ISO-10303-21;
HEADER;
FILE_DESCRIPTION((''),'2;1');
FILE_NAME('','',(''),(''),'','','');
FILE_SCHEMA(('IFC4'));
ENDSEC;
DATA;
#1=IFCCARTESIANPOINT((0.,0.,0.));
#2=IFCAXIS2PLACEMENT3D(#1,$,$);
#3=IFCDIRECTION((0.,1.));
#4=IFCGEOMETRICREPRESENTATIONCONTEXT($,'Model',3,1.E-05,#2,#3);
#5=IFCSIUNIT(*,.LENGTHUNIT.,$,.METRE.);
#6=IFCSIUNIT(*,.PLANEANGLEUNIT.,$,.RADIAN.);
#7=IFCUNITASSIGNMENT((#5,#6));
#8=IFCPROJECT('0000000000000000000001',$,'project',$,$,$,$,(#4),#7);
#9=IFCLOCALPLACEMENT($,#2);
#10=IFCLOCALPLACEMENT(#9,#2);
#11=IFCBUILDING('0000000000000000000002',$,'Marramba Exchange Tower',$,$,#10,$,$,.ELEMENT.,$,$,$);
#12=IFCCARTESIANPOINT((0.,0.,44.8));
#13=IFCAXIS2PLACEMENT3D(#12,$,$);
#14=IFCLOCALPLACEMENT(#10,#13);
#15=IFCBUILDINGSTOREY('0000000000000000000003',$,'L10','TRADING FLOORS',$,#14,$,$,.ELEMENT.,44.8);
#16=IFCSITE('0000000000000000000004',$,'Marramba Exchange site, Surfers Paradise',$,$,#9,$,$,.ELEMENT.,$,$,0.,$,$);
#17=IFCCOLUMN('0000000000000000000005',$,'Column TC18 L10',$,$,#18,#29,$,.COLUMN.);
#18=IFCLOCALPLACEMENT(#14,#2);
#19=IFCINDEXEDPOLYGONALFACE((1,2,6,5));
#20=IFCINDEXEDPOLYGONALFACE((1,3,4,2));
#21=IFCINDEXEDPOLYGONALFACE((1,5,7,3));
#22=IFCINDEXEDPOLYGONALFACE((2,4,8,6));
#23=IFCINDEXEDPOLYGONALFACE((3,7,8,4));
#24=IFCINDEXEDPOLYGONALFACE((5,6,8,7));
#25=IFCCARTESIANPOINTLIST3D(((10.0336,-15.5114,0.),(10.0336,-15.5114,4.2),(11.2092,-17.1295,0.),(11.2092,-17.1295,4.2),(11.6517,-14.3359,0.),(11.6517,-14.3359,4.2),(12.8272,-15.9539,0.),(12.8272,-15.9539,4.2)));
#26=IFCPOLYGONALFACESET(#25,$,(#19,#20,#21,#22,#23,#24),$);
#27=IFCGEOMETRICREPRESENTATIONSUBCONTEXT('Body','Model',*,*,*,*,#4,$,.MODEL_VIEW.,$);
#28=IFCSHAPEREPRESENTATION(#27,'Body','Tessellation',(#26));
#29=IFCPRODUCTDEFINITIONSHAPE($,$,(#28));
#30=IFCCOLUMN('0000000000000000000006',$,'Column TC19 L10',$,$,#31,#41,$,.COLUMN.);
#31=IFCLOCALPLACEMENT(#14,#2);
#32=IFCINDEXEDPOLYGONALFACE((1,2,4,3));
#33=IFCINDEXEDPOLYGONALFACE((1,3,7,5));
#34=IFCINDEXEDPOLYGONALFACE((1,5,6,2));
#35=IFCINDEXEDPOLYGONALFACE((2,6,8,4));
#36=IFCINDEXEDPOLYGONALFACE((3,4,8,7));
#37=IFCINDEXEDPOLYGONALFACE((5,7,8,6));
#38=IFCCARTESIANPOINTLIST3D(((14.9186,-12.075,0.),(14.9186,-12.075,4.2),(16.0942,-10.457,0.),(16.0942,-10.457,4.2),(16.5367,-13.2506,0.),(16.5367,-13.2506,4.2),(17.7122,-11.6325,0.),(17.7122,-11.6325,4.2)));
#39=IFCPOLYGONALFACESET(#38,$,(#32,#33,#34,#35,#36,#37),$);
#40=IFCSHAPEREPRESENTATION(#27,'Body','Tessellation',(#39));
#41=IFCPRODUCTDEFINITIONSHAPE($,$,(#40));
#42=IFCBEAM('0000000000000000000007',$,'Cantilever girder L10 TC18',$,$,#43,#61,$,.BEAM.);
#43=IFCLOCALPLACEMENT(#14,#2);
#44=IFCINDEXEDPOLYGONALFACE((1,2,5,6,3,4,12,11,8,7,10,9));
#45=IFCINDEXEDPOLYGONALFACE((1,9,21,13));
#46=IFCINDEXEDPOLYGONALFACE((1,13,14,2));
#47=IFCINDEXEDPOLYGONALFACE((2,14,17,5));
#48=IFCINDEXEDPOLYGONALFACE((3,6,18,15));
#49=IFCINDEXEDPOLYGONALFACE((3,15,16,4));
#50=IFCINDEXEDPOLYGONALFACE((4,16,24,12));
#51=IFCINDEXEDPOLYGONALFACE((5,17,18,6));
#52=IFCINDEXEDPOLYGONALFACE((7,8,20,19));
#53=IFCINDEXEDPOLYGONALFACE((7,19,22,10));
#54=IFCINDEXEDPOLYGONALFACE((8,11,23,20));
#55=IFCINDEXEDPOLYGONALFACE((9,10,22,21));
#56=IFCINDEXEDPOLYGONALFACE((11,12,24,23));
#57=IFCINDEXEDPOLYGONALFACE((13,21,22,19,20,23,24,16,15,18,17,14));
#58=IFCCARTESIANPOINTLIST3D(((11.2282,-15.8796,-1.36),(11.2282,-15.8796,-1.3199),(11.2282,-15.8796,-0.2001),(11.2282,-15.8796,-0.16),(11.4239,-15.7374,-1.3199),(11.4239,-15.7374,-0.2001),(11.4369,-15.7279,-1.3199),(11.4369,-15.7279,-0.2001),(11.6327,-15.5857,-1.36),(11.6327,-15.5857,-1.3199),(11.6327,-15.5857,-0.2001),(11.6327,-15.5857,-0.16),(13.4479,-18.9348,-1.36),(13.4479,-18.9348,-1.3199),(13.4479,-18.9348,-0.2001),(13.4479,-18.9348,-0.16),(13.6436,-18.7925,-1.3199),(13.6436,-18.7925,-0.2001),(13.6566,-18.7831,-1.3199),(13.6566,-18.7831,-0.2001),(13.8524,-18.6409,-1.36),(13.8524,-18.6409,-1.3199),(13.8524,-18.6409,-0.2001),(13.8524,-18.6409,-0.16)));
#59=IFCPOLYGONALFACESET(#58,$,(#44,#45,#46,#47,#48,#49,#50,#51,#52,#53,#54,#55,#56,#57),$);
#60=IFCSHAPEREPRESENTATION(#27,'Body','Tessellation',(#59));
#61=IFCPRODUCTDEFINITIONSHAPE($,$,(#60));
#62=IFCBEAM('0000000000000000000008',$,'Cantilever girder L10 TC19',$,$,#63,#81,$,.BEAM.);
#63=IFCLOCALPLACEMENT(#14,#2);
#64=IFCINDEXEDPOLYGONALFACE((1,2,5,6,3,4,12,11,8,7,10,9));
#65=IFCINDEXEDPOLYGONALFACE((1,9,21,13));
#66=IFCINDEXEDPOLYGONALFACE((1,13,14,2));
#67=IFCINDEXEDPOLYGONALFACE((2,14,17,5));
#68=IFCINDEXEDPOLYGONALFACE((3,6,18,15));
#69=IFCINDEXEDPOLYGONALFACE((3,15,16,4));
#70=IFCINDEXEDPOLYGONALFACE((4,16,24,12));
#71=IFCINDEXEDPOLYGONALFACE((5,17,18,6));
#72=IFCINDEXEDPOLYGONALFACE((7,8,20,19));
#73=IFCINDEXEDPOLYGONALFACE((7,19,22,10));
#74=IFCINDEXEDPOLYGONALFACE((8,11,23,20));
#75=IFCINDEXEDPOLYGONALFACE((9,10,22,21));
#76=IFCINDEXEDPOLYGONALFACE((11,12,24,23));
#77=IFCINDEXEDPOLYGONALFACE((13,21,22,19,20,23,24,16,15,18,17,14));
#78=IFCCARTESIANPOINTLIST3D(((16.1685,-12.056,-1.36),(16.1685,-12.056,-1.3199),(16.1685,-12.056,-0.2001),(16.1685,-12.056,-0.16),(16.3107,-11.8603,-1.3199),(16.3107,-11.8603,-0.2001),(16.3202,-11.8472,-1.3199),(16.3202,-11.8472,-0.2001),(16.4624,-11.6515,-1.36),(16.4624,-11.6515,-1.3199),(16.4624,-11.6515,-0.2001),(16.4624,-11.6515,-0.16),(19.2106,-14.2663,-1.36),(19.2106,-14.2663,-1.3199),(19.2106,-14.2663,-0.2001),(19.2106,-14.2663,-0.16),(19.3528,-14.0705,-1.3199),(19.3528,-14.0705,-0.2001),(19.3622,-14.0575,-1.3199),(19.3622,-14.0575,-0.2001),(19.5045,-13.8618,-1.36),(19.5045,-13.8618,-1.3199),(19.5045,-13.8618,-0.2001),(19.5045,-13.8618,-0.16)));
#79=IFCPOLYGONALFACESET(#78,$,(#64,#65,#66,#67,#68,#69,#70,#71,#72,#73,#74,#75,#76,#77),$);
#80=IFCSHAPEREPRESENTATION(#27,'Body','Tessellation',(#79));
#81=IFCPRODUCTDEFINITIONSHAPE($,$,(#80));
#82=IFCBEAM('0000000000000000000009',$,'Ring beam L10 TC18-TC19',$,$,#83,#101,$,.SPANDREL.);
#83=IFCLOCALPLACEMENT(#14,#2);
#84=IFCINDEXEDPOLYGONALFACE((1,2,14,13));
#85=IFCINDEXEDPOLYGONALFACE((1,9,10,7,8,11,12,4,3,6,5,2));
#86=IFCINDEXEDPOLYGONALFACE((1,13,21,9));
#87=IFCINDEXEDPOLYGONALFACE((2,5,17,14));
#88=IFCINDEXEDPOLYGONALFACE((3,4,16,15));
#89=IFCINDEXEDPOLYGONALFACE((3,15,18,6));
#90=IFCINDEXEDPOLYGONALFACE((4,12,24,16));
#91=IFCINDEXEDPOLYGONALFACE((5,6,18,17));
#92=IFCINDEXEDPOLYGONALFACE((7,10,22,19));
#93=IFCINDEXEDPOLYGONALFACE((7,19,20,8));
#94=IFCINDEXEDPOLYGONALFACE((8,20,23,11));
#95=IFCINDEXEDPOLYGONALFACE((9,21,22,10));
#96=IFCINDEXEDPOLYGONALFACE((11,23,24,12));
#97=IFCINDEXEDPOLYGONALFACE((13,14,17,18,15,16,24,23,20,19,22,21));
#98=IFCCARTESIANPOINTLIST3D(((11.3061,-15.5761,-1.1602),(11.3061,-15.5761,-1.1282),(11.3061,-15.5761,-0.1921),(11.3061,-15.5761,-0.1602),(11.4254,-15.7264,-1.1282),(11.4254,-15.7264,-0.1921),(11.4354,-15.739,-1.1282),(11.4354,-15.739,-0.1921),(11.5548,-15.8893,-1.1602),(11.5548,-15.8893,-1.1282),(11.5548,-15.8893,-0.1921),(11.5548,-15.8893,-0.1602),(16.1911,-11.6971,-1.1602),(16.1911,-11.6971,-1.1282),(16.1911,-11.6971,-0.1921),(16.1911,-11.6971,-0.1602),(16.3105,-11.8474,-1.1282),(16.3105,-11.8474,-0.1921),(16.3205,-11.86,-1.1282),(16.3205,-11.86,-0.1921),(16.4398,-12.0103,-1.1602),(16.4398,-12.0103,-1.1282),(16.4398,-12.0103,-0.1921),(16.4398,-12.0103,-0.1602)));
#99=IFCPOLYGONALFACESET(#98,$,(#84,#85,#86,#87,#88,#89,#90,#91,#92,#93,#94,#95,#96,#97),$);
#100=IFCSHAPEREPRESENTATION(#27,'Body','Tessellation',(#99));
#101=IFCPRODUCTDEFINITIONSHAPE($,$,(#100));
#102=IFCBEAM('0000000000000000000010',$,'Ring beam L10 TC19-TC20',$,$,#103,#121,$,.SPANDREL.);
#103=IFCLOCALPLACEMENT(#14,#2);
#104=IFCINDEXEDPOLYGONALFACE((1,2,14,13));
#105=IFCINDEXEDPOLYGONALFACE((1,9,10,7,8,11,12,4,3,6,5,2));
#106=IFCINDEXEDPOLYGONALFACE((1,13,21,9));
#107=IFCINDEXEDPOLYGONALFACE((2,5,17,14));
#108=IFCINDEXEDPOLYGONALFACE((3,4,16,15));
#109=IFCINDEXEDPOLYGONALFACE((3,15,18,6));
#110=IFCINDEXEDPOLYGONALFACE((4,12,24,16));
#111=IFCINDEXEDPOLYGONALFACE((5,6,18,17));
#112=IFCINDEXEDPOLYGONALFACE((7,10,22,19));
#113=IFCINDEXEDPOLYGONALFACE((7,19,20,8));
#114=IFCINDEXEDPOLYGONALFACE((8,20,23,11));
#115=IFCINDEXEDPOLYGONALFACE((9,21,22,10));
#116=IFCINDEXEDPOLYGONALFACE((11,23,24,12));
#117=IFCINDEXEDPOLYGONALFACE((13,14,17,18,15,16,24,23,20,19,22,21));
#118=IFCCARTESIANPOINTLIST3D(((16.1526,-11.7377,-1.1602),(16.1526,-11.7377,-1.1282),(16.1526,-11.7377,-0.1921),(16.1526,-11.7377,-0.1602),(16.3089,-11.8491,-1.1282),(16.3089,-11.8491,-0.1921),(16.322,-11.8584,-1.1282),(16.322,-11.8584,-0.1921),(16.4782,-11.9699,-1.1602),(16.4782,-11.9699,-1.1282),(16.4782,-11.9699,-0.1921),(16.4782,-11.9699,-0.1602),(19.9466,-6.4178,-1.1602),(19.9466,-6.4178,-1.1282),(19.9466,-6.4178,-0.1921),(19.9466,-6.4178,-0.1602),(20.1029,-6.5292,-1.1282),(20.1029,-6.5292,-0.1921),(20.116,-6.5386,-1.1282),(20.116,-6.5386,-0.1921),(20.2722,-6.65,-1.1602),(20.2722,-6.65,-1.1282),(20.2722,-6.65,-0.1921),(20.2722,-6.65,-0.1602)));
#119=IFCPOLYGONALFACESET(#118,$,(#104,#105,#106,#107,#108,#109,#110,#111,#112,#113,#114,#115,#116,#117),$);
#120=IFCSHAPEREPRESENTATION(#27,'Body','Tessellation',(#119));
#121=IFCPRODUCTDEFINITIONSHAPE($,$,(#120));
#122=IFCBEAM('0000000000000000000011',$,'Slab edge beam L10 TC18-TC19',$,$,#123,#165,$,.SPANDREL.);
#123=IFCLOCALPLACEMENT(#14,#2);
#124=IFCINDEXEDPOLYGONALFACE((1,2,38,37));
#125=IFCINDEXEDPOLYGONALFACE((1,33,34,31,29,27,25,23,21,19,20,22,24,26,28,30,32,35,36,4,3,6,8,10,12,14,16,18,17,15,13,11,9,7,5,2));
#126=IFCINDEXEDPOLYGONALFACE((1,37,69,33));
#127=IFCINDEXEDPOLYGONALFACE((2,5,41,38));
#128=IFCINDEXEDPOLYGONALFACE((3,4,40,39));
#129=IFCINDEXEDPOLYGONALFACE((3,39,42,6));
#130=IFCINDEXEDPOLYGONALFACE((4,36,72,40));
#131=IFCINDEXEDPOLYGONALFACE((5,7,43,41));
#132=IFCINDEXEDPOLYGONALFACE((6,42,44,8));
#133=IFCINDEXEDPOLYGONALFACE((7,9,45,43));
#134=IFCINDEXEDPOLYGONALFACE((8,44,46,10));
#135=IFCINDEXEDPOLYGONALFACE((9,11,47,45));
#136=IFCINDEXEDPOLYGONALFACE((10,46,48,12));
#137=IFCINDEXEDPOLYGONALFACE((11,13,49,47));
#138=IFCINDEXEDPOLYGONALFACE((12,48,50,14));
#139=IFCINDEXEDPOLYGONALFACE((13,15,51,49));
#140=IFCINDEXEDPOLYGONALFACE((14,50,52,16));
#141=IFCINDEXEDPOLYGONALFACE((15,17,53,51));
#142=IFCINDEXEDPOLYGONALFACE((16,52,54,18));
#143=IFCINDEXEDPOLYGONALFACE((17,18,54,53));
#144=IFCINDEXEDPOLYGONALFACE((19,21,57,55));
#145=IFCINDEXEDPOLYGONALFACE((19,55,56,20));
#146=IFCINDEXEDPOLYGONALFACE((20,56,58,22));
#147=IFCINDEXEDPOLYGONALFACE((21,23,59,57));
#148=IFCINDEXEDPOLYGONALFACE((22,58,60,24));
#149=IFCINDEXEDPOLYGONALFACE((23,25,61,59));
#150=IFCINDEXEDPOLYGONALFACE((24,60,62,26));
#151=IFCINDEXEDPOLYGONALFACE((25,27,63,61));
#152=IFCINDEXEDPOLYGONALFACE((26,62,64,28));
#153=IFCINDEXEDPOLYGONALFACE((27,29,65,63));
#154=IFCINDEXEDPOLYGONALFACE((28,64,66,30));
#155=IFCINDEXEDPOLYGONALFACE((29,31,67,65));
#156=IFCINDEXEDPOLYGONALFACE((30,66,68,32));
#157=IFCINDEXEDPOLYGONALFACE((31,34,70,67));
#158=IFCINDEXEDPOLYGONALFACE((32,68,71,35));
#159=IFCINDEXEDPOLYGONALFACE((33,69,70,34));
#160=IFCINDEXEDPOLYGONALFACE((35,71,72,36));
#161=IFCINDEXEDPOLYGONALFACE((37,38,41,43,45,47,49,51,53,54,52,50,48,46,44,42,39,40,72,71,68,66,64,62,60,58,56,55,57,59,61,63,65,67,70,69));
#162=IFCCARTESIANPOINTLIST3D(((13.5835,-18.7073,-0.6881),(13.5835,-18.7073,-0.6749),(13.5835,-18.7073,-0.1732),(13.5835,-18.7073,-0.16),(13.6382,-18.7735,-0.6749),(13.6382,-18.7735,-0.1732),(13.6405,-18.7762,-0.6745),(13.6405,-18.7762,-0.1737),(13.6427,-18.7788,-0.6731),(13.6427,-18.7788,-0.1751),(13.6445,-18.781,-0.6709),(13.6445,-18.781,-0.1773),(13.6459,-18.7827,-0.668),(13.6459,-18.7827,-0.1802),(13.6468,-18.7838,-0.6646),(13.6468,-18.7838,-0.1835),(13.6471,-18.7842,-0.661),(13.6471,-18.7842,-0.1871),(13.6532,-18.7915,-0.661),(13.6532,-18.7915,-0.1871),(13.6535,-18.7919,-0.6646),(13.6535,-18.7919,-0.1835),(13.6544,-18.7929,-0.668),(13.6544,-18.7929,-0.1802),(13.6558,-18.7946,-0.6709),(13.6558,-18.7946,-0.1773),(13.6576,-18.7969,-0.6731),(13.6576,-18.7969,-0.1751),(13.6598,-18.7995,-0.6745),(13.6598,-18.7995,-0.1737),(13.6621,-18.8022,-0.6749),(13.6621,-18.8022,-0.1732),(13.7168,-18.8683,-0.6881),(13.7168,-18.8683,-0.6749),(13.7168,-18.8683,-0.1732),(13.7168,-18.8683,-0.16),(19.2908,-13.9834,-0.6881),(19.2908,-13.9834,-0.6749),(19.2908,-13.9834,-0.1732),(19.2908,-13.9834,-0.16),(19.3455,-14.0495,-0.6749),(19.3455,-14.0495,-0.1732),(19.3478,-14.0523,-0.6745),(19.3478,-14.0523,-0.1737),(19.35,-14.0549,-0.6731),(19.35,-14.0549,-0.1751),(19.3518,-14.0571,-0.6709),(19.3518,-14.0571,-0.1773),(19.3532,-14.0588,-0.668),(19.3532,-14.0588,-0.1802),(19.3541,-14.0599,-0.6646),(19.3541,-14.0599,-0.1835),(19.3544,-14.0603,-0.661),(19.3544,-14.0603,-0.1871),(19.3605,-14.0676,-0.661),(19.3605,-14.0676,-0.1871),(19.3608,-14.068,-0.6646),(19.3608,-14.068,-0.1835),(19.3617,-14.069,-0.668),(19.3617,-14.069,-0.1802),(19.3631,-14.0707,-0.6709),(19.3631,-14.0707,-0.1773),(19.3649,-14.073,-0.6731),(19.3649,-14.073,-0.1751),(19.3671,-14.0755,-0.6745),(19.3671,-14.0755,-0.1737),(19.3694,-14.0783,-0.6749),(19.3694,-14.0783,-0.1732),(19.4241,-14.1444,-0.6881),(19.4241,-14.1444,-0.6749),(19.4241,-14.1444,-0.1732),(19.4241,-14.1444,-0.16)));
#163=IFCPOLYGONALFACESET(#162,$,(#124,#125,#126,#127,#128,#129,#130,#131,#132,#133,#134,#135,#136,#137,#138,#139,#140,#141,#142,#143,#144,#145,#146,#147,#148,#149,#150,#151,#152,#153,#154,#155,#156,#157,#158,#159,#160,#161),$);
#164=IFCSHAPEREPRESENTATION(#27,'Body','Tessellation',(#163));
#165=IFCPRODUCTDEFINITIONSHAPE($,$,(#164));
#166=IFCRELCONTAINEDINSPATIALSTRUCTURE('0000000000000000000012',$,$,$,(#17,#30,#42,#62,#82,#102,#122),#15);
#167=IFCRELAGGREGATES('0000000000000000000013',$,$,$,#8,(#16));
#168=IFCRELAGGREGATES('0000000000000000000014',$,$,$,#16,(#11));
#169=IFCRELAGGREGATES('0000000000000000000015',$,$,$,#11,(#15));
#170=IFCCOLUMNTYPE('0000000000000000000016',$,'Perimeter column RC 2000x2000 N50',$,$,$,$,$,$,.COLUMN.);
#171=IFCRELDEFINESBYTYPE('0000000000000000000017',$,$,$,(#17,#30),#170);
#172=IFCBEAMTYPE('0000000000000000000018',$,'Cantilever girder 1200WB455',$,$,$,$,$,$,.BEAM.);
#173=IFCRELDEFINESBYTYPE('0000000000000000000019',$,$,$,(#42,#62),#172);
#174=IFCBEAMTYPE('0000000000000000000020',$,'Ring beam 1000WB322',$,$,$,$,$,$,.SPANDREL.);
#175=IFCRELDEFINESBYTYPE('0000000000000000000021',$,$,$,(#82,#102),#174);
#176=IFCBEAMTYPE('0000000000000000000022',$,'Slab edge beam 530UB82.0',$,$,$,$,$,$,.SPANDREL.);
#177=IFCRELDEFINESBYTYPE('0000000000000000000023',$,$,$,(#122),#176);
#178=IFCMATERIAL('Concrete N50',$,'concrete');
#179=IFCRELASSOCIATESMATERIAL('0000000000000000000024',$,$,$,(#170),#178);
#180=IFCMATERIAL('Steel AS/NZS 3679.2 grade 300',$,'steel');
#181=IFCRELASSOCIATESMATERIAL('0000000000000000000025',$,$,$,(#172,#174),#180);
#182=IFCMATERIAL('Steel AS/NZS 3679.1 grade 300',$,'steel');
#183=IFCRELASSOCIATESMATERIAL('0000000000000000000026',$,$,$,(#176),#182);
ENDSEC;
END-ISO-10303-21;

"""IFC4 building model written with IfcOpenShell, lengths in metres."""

from ifc_helpers import new_model, si_unit, direction, frame, origin, origin_2d, place, context, subcontext, project, spatial, rectangle, i_section, extrude, material, material_profile, profile_set, type_object, element, save


model = new_model("IFC4")

# Units and contexts
model_context = context("Model", 3, precision=1e-05, world=origin(), true_north=direction((0.0, 1.0)))
body_context = subcontext(model_context, "Body", "Model", "MODEL_VIEW")
ifc_project = project(units=[si_unit("LENGTHUNIT", "METRE"), si_unit("PLANEANGLEUNIT", "RADIAN")], contexts=[model_context])

# Site, building, storey
site_placement = place(None, origin())
site = spatial("IfcSite", under=ifc_project, at=site_placement, Name="Marramba Exchange site, Surfers Paradise", CompositionType="ELEMENT", RefElevation=0.0)
building_placement = place(site_placement, origin())
building = spatial("IfcBuilding", under=site, at=building_placement, Name="Marramba Exchange Tower", CompositionType="ELEMENT")
storey_placement = place(building_placement, frame((0.0, 0.0, 44.8)))
storey = spatial("IfcBuildingStorey", under=building, at=storey_placement, Name="L10", Description="TRADING FLOORS", CompositionType="ELEMENT", Elevation=44.8)

# Columns
ifc_material_1 = material(Name="Concrete N50", Category="concrete")
ifc_material_profile_1 = material_profile(ifc_material_1, rectangle(XDim=2.0, YDim=2.0, at=origin_2d()), Name="RC 2000x2000")
ifc_profile_set_1 = profile_set([ifc_material_profile_1], Name="Concrete N50")
column_type = type_object("IfcColumnType", Name="Perimeter column RC 2000x2000 N50", PredefinedType="COLUMN", material=ifc_profile_set_1)
for number, where, z_axis, x_axis, name in (
    (1, (11.4304, -15.7327, 0.0), (0.0, 0.0, 1.0), (0.587785, -0.809017, 0.0), "Column TC18 L10"),
    (2, (16.3154, -11.8538, 0.0), (0.0, 0.0, 1.0), (0.809017, -0.587785, 0.0), "Column TC19 L10"),
):
    element("IfcColumn", number, at=place(storey_placement, frame(where, z_axis=z_axis, x_axis=x_axis)), inside=storey, type_object=column_type, Name=name, PredefinedType="COLUMN", context=body_context, shape_type="SweptSolid", body=[
        extrude(rectangle(XDim=2.0, YDim=2.0, at=origin_2d()), origin(), (0.0, 0.0, 1.0), 4.2),
    ])

# Beams
ifc_material_2 = material(Name="Steel AS/NZS 3679.2 grade 300", Category="steel")
ifc_material_profile_2 = material_profile(ifc_material_2, i_section(OverallWidth=0.5, OverallDepth=1.2, WebThickness=0.0161, FlangeThickness=0.04, at=origin_2d()), Name="1200WB455")
ifc_profile_set_2 = profile_set([ifc_material_profile_2], Name="Steel AS/NZS 3679.2 grade 300")
beam_type_1 = type_object("IfcBeamType", Name="Cantilever girder 1200WB455", PredefinedType="BEAM", material=ifc_profile_set_2)
beam_1_placement = place(storey_placement, frame((11.4304, -15.7327, -0.76), z_axis=(0.587787, -0.809016, 0.0), x_axis=(0.809016, 0.587787, 0.0)))
element("IfcBeam", 3, at=beam_1_placement, inside=storey, type_object=beam_type_1, Name="Cantilever girder L10 TC18", PredefinedType="BEAM", context=body_context, shape_type="SweptSolid", body=[
    extrude(i_section(OverallWidth=0.5, OverallDepth=1.2, WebThickness=0.0161, FlangeThickness=0.04, at=origin_2d()), origin(), (0.0, 0.0, 1.0), 3.7764),
])
beam_2_placement = place(storey_placement, frame((16.3154, -11.8538, -0.76), z_axis=(0.809008, -0.587797, 0.0), x_axis=(0.587797, 0.809008, 0.0)))
element("IfcBeam", 4, at=beam_2_placement, inside=storey, type_object=beam_type_1, Name="Cantilever girder L10 TC19", PredefinedType="BEAM", context=body_context, shape_type="SweptSolid", body=[
    extrude(i_section(OverallWidth=0.5, OverallDepth=1.2, WebThickness=0.0161, FlangeThickness=0.04, at=origin_2d()), origin(), (0.0, 0.0, 1.0), 3.7603),
])
ifc_material_profile_3 = material_profile(ifc_material_2, i_section(OverallWidth=0.3999, OverallDepth=1.0, WebThickness=0.0161, FlangeThickness=0.032, at=origin_2d()), Name="1000WB322")
ifc_profile_set_3 = profile_set([ifc_material_profile_3], Name="Steel AS/NZS 3679.2 grade 300")
beam_type_2 = type_object("IfcBeamType", Name="Ring beam 1000WB322", PredefinedType="SPANDREL", material=ifc_profile_set_3)
beam_3_placement = place(storey_placement, frame((11.4304, -15.7327, -0.6602), z_axis=(0.783139, 0.621846, 0.0), x_axis=(-0.621846, 0.783139, 0.0)))
element("IfcBeam", 5, at=beam_3_placement, inside=storey, type_object=beam_type_2, Name="Ring beam L10 TC18-TC19", PredefinedType="SPANDREL", context=body_context, shape_type="SweptSolid", body=[
    extrude(i_section(OverallWidth=0.3999, OverallDepth=1.0, WebThickness=0.0161, FlangeThickness=0.032, at=origin_2d()), origin(), (0.0, 0.0, 1.0), 6.2378),
])
beam_4_placement = place(storey_placement, frame((16.3154, -11.8538, -0.6602), z_axis=(0.580637, 0.814162, 0.0), x_axis=(-0.814162, 0.580637, 0.0)))
element("IfcBeam", 6, at=beam_4_placement, inside=storey, type_object=beam_type_2, Name="Ring beam L10 TC19-TC20", PredefinedType="SPANDREL", context=body_context, shape_type="SweptSolid", body=[
    extrude(i_section(OverallWidth=0.3999, OverallDepth=1.0, WebThickness=0.0161, FlangeThickness=0.032, at=origin_2d()), origin(), (0.0, 0.0, 1.0), 6.5342),
])
ifc_material_3 = material(Name="Steel AS/NZS 3679.1 grade 300", Category="steel")
ifc_material_profile_4 = material_profile(ifc_material_3, i_section(OverallWidth=0.209, OverallDepth=0.5281, WebThickness=0.0095, FlangeThickness=0.0132, FilletRadius=0.0139, at=origin_2d()), Name="530UB82.0")
ifc_profile_set_4 = profile_set([ifc_material_profile_4], Name="Steel AS/NZS 3679.1 grade 300")
beam_type_3 = type_object("IfcBeamType", Name="Slab edge beam 530UB82.0", PredefinedType="SPANDREL", material=ifc_profile_set_4)
beam_5_placement = place(storey_placement, frame((13.6501, -18.7878, -0.4241), z_axis=(0.770354, 0.637617, 0.0), x_axis=(-0.637617, 0.770354, 0.0)))
element("IfcBeam", 7, at=beam_5_placement, inside=storey, type_object=beam_type_3, Name="Slab edge beam L10 TC18-TC19", PredefinedType="SPANDREL", context=body_context, shape_type="SweptSolid", body=[
    extrude(i_section(OverallWidth=0.209, OverallDepth=0.5281, WebThickness=0.0095, FlangeThickness=0.0132, FilletRadius=0.0139, at=origin_2d()), origin(), (0.0, 0.0, 1.0), 7.4087),
])

save(model, "model.ifc")
